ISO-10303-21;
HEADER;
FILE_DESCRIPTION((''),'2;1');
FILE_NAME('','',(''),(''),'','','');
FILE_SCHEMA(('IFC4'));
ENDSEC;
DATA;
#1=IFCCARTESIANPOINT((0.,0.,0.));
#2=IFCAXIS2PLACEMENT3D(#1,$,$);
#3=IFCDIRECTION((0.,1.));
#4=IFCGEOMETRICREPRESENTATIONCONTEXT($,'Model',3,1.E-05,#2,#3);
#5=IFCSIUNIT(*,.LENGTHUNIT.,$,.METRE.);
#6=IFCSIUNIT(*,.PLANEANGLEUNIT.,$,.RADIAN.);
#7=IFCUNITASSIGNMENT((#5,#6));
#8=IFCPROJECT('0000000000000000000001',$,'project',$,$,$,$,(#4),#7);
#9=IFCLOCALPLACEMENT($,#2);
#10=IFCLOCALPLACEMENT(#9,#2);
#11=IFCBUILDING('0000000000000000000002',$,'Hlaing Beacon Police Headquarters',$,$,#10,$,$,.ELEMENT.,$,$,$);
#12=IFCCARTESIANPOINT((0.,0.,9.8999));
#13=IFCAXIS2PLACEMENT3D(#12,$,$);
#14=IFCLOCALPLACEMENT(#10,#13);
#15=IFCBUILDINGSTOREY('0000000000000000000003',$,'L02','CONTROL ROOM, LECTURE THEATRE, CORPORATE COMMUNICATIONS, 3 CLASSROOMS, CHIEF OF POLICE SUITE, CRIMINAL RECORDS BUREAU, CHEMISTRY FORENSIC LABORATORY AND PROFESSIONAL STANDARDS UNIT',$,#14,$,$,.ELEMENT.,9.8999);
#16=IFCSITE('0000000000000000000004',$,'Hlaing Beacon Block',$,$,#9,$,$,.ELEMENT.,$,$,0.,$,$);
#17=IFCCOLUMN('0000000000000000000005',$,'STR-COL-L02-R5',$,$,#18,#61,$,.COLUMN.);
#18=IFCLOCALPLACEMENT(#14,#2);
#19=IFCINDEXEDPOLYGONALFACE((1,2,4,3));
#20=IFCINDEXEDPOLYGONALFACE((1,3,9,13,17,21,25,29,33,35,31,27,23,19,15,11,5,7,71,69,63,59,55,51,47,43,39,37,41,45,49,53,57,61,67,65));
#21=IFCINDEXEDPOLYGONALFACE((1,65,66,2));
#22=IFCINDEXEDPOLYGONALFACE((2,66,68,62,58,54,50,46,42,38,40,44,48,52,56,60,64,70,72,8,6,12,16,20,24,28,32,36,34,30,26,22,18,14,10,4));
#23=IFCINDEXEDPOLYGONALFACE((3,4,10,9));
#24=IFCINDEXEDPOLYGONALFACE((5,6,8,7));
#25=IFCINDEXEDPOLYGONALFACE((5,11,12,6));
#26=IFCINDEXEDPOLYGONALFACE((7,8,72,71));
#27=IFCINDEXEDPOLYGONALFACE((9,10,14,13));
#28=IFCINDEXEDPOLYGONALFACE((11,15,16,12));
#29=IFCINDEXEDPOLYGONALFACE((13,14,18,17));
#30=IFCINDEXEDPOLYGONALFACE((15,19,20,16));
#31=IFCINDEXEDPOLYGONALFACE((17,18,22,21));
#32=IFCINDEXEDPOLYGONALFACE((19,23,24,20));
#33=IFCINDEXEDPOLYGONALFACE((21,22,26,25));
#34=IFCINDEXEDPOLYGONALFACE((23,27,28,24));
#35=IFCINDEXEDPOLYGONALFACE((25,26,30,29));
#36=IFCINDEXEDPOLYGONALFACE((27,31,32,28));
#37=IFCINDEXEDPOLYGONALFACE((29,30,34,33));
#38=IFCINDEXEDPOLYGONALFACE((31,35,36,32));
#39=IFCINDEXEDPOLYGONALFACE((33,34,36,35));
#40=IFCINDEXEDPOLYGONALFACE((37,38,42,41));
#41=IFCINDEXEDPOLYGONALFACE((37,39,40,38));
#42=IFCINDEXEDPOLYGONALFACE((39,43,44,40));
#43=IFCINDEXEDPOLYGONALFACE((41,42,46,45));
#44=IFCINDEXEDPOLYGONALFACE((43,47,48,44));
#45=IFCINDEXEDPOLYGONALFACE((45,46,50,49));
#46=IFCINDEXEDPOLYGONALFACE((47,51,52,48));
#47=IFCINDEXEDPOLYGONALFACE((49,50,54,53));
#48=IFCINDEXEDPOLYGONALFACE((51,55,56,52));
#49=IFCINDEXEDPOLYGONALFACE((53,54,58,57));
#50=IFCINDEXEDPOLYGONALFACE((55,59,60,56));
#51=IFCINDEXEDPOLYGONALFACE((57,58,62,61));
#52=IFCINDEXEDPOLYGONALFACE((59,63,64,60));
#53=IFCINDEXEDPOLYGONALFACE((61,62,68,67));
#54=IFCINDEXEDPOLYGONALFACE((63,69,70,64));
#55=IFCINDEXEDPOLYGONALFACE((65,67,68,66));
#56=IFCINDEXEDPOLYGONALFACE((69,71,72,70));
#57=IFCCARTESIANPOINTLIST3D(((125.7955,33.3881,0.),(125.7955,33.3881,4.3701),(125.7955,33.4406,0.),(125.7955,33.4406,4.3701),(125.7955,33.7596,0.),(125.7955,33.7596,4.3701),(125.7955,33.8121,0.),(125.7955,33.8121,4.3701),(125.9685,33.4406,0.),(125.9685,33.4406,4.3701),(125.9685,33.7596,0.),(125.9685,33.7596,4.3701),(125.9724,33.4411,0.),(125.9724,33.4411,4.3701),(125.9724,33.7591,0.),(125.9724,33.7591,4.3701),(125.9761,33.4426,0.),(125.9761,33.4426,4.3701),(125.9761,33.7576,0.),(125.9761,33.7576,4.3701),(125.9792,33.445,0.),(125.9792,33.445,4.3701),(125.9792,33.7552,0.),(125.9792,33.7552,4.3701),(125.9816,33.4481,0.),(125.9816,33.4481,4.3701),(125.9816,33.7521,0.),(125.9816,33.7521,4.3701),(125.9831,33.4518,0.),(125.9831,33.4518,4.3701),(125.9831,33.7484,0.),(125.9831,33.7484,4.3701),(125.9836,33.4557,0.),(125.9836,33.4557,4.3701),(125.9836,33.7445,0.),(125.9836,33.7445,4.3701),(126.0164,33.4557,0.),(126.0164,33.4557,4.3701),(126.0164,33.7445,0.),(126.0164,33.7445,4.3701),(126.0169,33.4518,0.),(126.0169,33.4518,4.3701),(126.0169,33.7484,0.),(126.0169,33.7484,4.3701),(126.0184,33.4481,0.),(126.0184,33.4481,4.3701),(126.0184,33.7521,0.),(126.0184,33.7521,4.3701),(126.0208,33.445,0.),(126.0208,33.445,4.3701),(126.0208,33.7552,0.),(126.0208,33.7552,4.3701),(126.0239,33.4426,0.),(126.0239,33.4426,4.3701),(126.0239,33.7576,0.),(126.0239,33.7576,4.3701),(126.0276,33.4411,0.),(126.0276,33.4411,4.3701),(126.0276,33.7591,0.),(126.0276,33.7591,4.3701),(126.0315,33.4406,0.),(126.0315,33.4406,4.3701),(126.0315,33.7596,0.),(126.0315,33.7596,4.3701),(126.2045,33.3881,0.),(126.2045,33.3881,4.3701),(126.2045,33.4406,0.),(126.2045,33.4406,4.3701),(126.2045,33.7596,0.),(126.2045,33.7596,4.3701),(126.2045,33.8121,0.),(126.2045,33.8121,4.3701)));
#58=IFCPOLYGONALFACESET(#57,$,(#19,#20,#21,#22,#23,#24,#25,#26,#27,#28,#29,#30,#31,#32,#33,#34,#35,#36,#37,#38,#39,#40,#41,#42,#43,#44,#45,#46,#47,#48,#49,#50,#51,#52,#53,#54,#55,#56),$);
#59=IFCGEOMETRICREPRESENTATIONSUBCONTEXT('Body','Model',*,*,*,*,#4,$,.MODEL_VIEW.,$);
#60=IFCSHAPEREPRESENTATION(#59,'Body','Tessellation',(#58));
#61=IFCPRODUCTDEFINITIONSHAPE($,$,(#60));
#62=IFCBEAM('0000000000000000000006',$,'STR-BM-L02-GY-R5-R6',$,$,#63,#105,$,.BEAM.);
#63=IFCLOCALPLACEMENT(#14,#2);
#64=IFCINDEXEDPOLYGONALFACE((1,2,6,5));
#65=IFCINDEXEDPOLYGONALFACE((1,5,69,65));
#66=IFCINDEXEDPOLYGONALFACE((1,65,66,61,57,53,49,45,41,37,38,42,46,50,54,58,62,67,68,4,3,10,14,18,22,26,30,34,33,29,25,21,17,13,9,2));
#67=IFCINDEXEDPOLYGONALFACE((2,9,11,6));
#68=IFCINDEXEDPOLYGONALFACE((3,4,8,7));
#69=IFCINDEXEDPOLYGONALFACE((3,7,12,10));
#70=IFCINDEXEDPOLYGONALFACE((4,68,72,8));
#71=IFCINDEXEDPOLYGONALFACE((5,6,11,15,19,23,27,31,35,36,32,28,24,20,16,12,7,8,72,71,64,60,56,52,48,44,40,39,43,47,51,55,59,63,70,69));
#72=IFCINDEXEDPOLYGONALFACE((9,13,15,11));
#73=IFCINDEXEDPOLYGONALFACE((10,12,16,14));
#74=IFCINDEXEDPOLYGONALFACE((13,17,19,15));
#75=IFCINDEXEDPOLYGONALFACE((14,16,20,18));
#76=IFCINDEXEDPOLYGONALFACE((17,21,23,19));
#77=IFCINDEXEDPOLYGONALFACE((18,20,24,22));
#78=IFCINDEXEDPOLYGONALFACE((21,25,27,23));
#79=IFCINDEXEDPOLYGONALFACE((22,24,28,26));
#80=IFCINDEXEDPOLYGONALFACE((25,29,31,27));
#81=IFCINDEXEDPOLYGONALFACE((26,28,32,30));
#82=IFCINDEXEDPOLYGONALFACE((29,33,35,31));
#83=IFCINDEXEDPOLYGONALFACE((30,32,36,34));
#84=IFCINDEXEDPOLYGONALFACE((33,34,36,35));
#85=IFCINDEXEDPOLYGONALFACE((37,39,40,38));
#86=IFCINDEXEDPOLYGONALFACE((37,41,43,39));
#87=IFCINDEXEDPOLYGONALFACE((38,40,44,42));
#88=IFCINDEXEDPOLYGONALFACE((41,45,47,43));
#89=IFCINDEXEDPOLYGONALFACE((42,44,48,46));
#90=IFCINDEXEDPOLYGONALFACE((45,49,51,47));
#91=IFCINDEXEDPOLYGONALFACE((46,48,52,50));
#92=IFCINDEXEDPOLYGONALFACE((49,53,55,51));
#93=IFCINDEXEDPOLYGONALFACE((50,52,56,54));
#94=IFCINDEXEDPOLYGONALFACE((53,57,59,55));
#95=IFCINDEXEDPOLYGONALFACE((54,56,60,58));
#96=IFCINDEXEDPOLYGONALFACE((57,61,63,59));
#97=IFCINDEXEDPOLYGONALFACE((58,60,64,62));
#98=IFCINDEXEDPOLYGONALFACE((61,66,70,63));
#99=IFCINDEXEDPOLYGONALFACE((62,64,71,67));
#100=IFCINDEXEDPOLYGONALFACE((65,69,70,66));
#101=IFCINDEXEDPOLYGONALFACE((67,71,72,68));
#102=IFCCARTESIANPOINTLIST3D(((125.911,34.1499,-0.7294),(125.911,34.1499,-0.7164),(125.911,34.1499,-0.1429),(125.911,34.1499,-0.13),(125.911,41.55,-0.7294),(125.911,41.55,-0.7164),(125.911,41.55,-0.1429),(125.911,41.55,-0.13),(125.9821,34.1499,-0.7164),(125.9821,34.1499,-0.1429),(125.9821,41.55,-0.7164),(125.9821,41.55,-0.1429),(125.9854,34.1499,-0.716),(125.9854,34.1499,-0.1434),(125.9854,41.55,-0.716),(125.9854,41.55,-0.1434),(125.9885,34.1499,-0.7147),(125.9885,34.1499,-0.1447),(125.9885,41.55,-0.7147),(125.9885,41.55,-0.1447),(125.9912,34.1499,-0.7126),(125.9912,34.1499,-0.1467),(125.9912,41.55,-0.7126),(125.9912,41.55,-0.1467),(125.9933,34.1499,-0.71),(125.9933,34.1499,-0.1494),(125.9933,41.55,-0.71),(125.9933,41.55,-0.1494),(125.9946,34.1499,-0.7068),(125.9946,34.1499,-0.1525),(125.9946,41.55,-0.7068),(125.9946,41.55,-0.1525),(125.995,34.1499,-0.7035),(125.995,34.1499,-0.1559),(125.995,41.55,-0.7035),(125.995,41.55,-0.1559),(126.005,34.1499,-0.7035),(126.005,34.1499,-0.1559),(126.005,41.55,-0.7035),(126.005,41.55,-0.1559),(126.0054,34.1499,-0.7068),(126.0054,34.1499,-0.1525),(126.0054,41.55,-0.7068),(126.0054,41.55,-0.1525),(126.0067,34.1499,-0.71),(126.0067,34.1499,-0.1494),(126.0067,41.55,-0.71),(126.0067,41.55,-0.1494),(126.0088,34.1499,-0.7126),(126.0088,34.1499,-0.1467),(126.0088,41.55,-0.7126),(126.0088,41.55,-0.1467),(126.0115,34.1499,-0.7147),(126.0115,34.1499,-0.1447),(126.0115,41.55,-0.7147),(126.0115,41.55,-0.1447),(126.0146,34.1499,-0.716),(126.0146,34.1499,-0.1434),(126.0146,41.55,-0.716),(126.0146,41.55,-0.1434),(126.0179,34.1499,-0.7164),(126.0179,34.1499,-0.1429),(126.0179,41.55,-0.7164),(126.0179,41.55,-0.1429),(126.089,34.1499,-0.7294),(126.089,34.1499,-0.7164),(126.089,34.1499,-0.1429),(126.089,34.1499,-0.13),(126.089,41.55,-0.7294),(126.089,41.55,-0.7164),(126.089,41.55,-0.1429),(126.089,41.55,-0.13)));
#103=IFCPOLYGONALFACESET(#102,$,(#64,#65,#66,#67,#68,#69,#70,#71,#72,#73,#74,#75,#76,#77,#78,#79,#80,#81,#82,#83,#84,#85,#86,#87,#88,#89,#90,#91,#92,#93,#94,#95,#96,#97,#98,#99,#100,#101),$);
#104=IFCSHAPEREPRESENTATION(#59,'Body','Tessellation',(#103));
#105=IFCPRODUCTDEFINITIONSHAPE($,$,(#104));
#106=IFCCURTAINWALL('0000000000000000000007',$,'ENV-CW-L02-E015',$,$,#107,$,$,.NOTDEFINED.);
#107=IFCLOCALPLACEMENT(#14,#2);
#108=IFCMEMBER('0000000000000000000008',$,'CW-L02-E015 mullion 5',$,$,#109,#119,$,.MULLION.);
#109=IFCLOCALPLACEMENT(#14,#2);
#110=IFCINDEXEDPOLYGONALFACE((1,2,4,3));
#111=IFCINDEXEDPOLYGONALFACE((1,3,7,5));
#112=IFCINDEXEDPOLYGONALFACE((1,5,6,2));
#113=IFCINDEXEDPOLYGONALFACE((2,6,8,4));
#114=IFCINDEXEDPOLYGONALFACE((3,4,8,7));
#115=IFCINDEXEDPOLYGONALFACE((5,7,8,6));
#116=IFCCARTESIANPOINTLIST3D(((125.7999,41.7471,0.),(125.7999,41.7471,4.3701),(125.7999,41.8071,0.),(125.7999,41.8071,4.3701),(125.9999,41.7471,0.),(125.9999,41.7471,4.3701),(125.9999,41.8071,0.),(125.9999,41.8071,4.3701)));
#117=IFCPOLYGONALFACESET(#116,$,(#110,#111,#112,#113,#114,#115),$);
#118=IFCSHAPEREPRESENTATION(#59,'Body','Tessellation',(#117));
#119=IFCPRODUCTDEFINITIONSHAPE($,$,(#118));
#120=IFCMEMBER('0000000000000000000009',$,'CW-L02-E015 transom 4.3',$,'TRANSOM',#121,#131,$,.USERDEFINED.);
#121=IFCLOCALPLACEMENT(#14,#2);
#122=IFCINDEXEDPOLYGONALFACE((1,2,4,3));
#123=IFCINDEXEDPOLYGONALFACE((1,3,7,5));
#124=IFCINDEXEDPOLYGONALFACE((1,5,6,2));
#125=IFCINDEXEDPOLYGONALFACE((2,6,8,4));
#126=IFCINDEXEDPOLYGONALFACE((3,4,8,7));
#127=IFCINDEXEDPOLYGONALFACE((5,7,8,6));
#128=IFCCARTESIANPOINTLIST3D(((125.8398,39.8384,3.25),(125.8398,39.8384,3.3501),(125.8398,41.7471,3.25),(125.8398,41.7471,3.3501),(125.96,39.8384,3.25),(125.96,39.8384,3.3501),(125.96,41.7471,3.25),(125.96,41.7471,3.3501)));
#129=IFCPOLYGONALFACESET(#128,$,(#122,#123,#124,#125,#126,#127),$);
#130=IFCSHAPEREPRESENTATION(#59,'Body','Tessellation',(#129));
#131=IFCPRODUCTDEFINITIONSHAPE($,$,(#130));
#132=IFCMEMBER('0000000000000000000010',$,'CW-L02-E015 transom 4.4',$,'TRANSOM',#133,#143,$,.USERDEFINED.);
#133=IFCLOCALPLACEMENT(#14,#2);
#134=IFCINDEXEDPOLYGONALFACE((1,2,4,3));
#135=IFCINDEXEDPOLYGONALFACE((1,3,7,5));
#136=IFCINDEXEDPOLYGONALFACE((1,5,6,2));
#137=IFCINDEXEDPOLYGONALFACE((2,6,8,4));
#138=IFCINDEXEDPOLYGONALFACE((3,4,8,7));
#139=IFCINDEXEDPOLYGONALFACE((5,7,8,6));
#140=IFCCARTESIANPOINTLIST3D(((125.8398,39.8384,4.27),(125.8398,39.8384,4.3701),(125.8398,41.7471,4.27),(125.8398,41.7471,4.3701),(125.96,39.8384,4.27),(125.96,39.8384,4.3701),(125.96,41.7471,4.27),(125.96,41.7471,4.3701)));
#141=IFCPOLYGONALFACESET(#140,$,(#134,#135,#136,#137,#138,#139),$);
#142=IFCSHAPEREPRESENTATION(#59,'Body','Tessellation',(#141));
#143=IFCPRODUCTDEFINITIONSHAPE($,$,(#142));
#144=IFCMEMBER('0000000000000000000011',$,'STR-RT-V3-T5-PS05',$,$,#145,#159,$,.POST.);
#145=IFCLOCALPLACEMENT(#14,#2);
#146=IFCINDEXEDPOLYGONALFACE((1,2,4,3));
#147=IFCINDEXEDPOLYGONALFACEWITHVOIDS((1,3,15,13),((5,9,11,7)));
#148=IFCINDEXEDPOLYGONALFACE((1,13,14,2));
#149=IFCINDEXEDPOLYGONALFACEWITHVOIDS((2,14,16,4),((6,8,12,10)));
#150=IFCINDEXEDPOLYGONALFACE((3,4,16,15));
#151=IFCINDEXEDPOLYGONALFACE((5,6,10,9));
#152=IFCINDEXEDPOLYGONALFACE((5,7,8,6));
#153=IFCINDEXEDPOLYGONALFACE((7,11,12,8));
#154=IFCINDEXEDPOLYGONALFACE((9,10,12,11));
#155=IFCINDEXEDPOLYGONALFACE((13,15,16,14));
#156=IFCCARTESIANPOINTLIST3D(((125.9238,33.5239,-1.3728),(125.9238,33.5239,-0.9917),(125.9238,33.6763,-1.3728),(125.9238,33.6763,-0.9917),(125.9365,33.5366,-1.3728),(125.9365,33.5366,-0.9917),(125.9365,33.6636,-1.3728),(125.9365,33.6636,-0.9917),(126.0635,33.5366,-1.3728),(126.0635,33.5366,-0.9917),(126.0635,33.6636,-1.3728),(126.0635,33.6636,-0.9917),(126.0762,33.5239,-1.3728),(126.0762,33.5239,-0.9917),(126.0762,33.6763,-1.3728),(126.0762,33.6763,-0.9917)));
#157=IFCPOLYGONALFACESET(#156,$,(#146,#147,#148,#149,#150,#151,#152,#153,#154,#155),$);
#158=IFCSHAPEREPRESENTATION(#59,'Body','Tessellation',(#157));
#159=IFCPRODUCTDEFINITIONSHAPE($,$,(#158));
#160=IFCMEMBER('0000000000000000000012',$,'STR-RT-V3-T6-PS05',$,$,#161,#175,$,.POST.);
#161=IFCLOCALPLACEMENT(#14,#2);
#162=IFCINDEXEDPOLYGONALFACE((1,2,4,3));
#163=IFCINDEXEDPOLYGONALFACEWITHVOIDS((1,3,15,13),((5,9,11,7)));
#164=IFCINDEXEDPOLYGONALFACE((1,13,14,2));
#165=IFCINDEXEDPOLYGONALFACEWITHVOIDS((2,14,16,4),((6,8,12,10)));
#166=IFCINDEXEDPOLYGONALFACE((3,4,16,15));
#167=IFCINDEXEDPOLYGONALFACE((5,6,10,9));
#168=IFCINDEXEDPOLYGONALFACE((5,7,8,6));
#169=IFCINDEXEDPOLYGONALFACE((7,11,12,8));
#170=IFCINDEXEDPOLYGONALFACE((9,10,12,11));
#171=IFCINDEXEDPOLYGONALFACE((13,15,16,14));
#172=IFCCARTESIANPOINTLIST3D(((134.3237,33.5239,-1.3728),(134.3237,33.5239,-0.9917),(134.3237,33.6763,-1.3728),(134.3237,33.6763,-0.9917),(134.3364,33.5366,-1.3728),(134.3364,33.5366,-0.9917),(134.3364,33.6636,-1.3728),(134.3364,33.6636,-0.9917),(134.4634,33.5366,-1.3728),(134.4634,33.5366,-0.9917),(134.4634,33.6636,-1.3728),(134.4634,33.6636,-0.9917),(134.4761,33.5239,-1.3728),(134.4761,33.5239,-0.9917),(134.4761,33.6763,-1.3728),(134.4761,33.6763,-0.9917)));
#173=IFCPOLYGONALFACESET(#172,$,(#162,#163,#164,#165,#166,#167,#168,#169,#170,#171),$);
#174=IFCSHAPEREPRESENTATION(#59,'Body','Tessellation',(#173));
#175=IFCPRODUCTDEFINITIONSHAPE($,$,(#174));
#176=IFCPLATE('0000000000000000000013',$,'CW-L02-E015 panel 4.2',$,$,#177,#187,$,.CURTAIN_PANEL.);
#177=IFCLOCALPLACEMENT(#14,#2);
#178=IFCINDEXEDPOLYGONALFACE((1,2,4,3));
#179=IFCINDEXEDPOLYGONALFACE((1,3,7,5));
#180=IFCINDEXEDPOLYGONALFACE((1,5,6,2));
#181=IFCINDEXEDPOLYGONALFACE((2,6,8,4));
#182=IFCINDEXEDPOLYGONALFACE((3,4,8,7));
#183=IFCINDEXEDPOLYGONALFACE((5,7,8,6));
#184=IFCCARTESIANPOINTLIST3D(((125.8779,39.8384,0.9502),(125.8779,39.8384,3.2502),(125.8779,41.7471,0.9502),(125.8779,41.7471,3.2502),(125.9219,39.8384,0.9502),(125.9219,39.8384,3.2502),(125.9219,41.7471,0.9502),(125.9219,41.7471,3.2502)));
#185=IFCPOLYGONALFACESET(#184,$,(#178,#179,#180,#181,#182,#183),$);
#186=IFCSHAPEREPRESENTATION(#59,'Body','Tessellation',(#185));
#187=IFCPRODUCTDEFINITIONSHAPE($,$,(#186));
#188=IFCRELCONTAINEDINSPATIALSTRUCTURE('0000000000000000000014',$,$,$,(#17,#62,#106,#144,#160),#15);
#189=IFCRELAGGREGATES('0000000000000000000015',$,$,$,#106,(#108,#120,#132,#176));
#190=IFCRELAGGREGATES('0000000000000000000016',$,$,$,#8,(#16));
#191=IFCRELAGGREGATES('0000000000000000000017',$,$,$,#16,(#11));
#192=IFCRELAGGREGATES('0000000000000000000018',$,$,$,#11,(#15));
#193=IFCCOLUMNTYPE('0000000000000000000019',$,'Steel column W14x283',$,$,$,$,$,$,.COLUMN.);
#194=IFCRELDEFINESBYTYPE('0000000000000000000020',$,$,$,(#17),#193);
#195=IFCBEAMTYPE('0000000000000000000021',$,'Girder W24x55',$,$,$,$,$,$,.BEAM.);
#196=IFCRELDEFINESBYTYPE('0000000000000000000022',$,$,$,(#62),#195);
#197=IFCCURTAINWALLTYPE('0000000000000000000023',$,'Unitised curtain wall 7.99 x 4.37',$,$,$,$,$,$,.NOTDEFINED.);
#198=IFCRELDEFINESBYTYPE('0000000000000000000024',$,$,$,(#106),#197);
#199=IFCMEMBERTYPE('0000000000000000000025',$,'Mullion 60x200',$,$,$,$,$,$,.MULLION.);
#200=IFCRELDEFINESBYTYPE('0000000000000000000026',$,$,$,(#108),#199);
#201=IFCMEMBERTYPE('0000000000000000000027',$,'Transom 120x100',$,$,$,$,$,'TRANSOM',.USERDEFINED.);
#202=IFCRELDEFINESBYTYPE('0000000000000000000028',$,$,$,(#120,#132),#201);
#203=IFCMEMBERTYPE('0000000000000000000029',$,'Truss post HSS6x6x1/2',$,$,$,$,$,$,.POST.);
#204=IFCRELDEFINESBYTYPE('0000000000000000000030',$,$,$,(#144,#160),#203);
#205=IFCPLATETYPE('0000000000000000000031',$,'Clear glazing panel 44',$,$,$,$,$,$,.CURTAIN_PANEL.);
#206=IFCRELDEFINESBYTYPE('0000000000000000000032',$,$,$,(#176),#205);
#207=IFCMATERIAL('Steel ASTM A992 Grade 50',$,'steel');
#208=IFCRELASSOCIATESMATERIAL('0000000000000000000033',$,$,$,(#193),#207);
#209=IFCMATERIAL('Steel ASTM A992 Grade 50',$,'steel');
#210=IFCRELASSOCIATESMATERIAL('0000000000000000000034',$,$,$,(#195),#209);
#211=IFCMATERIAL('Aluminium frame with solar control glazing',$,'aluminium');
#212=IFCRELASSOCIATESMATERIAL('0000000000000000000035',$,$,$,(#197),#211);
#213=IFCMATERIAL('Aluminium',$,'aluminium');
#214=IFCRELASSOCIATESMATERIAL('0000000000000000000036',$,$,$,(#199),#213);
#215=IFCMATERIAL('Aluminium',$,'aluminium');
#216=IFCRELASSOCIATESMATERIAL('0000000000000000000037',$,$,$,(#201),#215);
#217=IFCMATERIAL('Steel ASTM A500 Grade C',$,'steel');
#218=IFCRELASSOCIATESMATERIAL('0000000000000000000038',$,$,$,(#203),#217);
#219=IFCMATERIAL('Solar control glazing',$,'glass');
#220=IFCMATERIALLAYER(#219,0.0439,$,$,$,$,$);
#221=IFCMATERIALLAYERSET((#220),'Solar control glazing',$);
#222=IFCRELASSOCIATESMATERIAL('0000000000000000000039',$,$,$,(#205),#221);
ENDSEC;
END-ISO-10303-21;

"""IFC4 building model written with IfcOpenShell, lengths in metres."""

from ifc_helpers import new_model, si_unit, direction, frame, origin, origin_2d, place, context, subcontext, project, spatial, rectangle, hollow_rectangle, i_section, extrude, material, layer, layer_set, material_profile, profile_set, type_object, element, aggregate, save


model = new_model("IFC4")

# Units and contexts
model_context = context("Model", 3, precision=1e-05, world=origin(), true_north=direction((0.0, 1.0)))
body_context = subcontext(model_context, "Body", "Model", "MODEL_VIEW")
ifc_project = project(units=[si_unit("LENGTHUNIT", "METRE"), si_unit("PLANEANGLEUNIT", "RADIAN")], contexts=[model_context])

# Site, building, storey
site_placement = place(None, origin())
site = spatial("IfcSite", under=ifc_project, at=site_placement, Name="Hlaing Beacon Block", CompositionType="ELEMENT", RefElevation=0.0)
building_placement = place(site_placement, origin())
building = spatial("IfcBuilding", under=site, at=building_placement, Name="Hlaing Beacon Police Headquarters", CompositionType="ELEMENT")
storey_placement = place(building_placement, frame((0.0, 0.0, 9.8999)))
storey = spatial("IfcBuildingStorey", under=building, at=storey_placement, Name="L02", Description="CONTROL ROOM, LECTURE THEATRE, CORPORATE COMMUNICATIONS, 3 CLASSROOMS, CHIEF OF POLICE SUITE, CRIMINAL RECORDS BUREAU, CHEMISTRY FORENSIC LABORATORY AND PROFESSIONAL STANDARDS UNIT", CompositionType="ELEMENT", Elevation=9.8999)

# Column
ifc_material_1 = material(Name="Steel ASTM A992 Grade 50", Category="steel")
ifc_material_profile_1 = material_profile(ifc_material_1, i_section(OverallWidth=0.4089, OverallDepth=0.4241, WebThickness=0.0327, FlangeThickness=0.0525, FilletRadius=0.0151, at=origin_2d()), Name="W14x283")
ifc_profile_set_1 = profile_set([ifc_material_profile_1], Name="Steel ASTM A992 Grade 50")
column_type = type_object("IfcColumnType", Name="Steel column W14x283", PredefinedType="COLUMN", material=ifc_profile_set_1)
column_placement = place(storey_placement, frame((126.0, 33.6001, 0.0), z_axis=(0.0, 0.0, 1.0), x_axis=(1.0, 0.0, 0.0)))
element("IfcColumn", 1, at=column_placement, inside=storey, type_object=column_type, Name="STR-COL-L02-R5", PredefinedType="COLUMN", context=body_context, shape_type="SweptSolid", body=[
    extrude(i_section(OverallWidth=0.4089, OverallDepth=0.4241, WebThickness=0.0327, FlangeThickness=0.0525, FilletRadius=0.0151, at=origin_2d()), origin(), (0.0, 0.0, 1.0), 4.3701),
])

# Beam
ifc_material_2 = material(Name="Steel ASTM A992 Grade 50", Category="steel")
ifc_material_profile_2 = material_profile(ifc_material_2, i_section(OverallWidth=0.178, OverallDepth=0.5994, WebThickness=0.01, FlangeThickness=0.0129, FilletRadius=0.0129, at=origin_2d()), Name="W24x55")
ifc_profile_set_2 = profile_set([ifc_material_profile_2], Name="Steel ASTM A992 Grade 50")
beam_type = type_object("IfcBeamType", Name="Girder W24x55", PredefinedType="BEAM", material=ifc_profile_set_2)
beam_placement = place(storey_placement, frame((126.0, 34.1499, -0.4297), z_axis=(0.0, 1.0, 0.0), x_axis=(-1.0, 0.0, 0.0)))
element("IfcBeam", 2, at=beam_placement, inside=storey, type_object=beam_type, Name="STR-BM-L02-GY-R5-R6", PredefinedType="BEAM", context=body_context, shape_type="SweptSolid", body=[
    extrude(i_section(OverallWidth=0.178, OverallDepth=0.5994, WebThickness=0.01, FlangeThickness=0.0129, FilletRadius=0.0129, at=origin_2d()), origin(), (0.0, 0.0, 1.0), 7.4001),
])

# Curtain wall, members
ifc_material_3 = material(Name="Aluminium frame with solar control glazing", Category="aluminium")
curtain_wall_type = type_object("IfcCurtainWallType", Name="Unitised curtain wall 7.99 x 4.37", PredefinedType="NOTDEFINED", material=ifc_material_3)
curtain_wall_placement = place(storey_placement, origin())
curtain_wall = element("IfcCurtainWall", 3, at=curtain_wall_placement, inside=storey, type_object=curtain_wall_type, Name="ENV-CW-L02-E015", PredefinedType="NOTDEFINED")
ifc_material_4 = material(Name="Aluminium", Category="aluminium")
ifc_material_profile_3 = material_profile(ifc_material_4, rectangle(XDim=0.2, YDim=0.0601, at=origin_2d()), Name="Mullion 60x200")
ifc_profile_set_3 = profile_set([ifc_material_profile_3], Name="Aluminium")
member_type_1 = type_object("IfcMemberType", Name="Mullion 60x200", PredefinedType="MULLION", material=ifc_profile_set_3)
member_1_placement = place(storey_placement, frame((125.8999, 41.7771, 0.0), z_axis=(0.0, 0.0, 1.0), x_axis=(-1.0, 0.0, 0.0)))
member_1 = element("IfcMember", 4, at=member_1_placement, type_object=member_type_1, Name="CW-L02-E015 mullion 5", PredefinedType="MULLION", context=body_context, shape_type="SweptSolid", body=[
    extrude(rectangle(XDim=0.2, YDim=0.0601, at=origin_2d()), origin(), (0.0, 0.0, 1.0), 4.3701),
])
ifc_material_5 = material(Name="Aluminium", Category="aluminium")
ifc_material_profile_4 = material_profile(ifc_material_5, rectangle(XDim=0.1201, YDim=0.1001, at=origin_2d()), Name="Transom 120x100")
ifc_profile_set_4 = profile_set([ifc_material_profile_4], Name="Aluminium")
member_type_2 = type_object("IfcMemberType", Name="Transom 120x100", ElementType="TRANSOM", PredefinedType="USERDEFINED", material=ifc_profile_set_4)
member_2_placement = place(storey_placement, frame((125.8999, 39.8384, 3.3), z_axis=(0.0, 1.0, 0.0), x_axis=(-1.0, 0.0, 0.0)))
member_2 = element("IfcMember", 5, at=member_2_placement, type_object=member_type_2, Name="CW-L02-E015 transom 4.3", ObjectType="TRANSOM", PredefinedType="USERDEFINED", context=body_context, shape_type="SweptSolid", body=[
    extrude(rectangle(XDim=0.1201, YDim=0.1001, at=origin_2d()), origin(), (0.0, 0.0, 1.0), 1.9087),
])
member_3_placement = place(storey_placement, frame((125.8999, 39.8384, 4.3201), z_axis=(0.0, 1.0, 0.0), x_axis=(-1.0, 0.0, 0.0)))
member_3 = element("IfcMember", 6, at=member_3_placement, type_object=member_type_2, Name="CW-L02-E015 transom 4.4", ObjectType="TRANSOM", PredefinedType="USERDEFINED", context=body_context, shape_type="SweptSolid", body=[
    extrude(rectangle(XDim=0.1201, YDim=0.1001, at=origin_2d()), origin(), (0.0, 0.0, 1.0), 1.9087),
])

# Members
ifc_material_6 = material(Name="Steel ASTM A500 Grade C", Category="steel")
ifc_material_profile_5 = material_profile(ifc_material_6, hollow_rectangle(XDim=0.1523, YDim=0.1523, WallThickness=0.0127, at=origin_2d()), Name="HSS6x6x1/2")
ifc_profile_set_5 = profile_set([ifc_material_profile_5], Name="Steel ASTM A500 Grade C")
member_type_3 = type_object("IfcMemberType", Name="Truss post HSS6x6x1/2", PredefinedType="POST", material=ifc_profile_set_5)
for number, where, z_axis, x_axis, name in (
    (7, (126.0, 33.6001, -1.3728), (0.0, 0.0, 1.0), (1.0, 0.0, 0.0), "STR-RT-V3-T5-PS05"),
    (8, (134.3999, 33.6001, -1.3728), (0.0, 0.0, 1.0), (1.0, 0.0, 0.0), "STR-RT-V3-T6-PS05"),
):
    element("IfcMember", number, at=place(storey_placement, frame(where, z_axis=z_axis, x_axis=x_axis)), inside=storey, type_object=member_type_3, Name=name, PredefinedType="POST", context=body_context, shape_type="SweptSolid", body=[
        extrude(hollow_rectangle(XDim=0.1523, YDim=0.1523, WallThickness=0.0127, at=origin_2d()), origin(), (0.0, 0.0, 1.0), 0.3811),
    ])

# Plate
ifc_material_7 = material(Name="Solar control glazing", Category="glass")
ifc_layer_1 = layer(ifc_material_7, 0.0439)
ifc_layer_set_1 = layer_set([ifc_layer_1], Name="Solar control glazing")
plate_type_1 = type_object("IfcPlateType", Name="Clear glazing panel 44", PredefinedType="CURTAIN_PANEL", material=ifc_layer_set_1)
plate_1_placement = place(storey_placement, frame((125.8999, 40.7927, 0.9502), z_axis=(0.0, 0.0, 1.0), x_axis=(0.0, 1.0, 0.0)))
plate_1 = element("IfcPlate", 9, at=plate_1_placement, type_object=plate_type_1, Name="CW-L02-E015 panel 4.2", PredefinedType="CURTAIN_PANEL", context=body_context, shape_type="SweptSolid", body=[
    extrude(rectangle(XDim=1.9087, YDim=0.0439, at=origin_2d()), origin(), (0.0, 0.0, 1.0), 2.3),
])
aggregate(curtain_wall, [member_1, member_2, member_3, plate_1])

save(model, "model.ifc")
